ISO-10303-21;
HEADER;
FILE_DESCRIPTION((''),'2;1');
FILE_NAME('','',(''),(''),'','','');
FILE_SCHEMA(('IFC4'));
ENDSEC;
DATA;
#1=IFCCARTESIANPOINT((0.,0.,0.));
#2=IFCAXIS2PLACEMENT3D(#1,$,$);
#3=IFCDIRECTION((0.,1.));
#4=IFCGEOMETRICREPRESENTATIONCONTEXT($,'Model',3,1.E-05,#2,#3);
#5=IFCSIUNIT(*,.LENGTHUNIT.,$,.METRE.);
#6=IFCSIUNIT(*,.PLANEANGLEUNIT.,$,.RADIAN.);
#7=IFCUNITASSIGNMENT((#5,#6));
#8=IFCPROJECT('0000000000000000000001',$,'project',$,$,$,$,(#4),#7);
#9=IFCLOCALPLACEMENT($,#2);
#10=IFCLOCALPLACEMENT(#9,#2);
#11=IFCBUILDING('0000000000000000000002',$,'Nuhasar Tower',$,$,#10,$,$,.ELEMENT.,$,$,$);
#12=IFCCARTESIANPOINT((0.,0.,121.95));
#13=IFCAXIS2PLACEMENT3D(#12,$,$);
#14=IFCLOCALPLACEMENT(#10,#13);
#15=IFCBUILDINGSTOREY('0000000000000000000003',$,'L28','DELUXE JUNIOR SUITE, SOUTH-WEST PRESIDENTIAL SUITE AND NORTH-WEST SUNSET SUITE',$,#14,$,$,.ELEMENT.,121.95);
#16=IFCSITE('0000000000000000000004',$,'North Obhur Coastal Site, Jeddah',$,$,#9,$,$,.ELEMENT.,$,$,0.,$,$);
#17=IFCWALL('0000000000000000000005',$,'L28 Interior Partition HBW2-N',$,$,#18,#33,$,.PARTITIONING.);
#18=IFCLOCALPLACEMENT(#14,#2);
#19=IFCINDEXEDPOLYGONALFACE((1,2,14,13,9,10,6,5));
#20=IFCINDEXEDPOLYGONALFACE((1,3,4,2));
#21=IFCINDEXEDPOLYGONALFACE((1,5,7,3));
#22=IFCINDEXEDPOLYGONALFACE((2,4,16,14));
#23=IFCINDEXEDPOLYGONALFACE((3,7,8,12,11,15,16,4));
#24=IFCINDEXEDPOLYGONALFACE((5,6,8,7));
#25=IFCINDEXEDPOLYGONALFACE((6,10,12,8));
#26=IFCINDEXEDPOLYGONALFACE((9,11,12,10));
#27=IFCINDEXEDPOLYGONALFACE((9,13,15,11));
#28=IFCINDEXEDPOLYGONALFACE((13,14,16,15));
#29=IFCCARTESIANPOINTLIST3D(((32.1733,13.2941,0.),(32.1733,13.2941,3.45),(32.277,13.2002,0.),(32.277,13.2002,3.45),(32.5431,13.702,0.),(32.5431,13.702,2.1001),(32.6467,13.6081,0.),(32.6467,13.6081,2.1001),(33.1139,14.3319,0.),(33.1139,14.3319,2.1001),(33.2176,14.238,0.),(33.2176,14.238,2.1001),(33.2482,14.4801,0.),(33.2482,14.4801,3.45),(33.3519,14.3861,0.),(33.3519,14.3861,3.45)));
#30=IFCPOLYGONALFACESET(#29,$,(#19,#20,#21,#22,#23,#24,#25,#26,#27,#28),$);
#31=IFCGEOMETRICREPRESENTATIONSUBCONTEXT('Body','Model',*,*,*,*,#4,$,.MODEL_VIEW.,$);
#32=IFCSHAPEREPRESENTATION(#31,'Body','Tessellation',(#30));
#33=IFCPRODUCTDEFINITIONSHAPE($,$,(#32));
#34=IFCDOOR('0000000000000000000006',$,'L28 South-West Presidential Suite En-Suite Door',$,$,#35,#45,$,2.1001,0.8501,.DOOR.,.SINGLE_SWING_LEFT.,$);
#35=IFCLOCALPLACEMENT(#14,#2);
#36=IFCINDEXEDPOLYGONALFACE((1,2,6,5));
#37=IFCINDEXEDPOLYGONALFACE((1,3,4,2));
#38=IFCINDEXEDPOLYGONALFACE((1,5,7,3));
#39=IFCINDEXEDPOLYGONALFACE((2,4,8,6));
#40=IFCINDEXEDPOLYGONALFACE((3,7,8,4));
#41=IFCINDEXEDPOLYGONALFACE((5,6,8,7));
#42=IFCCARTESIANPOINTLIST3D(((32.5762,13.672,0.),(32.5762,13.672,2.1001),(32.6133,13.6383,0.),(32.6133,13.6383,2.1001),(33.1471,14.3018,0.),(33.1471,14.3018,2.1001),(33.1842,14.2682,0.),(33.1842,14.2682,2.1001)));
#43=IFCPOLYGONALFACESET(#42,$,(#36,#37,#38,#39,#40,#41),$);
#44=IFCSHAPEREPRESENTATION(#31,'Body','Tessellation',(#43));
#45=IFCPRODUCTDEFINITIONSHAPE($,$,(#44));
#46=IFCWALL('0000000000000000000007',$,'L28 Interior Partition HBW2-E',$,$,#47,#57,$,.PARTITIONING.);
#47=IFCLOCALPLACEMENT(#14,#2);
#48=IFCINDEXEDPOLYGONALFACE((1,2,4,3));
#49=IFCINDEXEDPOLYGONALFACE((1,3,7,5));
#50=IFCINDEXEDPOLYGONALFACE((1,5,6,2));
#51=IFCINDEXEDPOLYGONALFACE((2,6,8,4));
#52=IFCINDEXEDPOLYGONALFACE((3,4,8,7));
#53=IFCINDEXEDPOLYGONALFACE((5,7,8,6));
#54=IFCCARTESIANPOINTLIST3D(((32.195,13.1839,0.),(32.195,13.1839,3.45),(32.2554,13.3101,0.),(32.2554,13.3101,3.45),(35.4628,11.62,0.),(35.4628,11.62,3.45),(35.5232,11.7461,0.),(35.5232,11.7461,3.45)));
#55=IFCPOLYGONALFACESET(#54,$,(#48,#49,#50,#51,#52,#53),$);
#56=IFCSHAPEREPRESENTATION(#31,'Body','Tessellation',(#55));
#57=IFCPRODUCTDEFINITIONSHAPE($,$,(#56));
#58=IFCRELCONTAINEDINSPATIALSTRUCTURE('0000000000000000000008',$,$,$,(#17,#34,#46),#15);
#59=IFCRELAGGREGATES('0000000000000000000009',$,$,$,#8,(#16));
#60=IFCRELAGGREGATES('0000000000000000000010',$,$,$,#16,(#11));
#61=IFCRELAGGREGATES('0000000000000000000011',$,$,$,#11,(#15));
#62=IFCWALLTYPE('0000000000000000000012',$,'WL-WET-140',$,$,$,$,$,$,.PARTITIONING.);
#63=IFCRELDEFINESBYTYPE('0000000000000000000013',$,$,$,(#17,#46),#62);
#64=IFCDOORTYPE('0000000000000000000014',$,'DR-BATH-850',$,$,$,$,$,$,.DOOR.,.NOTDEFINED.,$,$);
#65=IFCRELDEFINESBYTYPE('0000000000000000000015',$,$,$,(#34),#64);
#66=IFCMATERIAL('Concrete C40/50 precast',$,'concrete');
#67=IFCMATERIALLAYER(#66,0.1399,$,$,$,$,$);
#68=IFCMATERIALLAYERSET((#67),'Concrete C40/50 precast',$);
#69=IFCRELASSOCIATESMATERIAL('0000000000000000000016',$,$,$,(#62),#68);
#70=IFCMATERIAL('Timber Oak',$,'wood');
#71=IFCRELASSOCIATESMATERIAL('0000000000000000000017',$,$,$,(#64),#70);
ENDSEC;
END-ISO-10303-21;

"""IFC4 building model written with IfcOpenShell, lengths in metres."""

from ifc_helpers import new_model, si_unit, direction, frame, frame_2d, origin, place, context, subcontext, project, spatial, rectangle, extrude, material, layer, layer_set, type_object, element, fill, save


model = new_model("IFC4")

# Units and contexts
model_context = context("Model", 3, precision=1e-05, world=origin(), true_north=direction((0.0, 1.0)))
body_context = subcontext(model_context, "Body", "Model", "MODEL_VIEW")
ifc_project = project(units=[si_unit("LENGTHUNIT", "METRE"), si_unit("PLANEANGLEUNIT", "RADIAN")], contexts=[model_context])

# Site, building, storey
site_placement = place(None, origin())
site = spatial("IfcSite", under=ifc_project, at=site_placement, Name="North Obhur Coastal Site, Jeddah", CompositionType="ELEMENT", RefElevation=0.0)
building_placement = place(site_placement, origin())
building = spatial("IfcBuilding", under=site, at=building_placement, Name="Nuhasar Tower", CompositionType="ELEMENT")
storey_placement = place(building_placement, frame((0.0, 0.0, 121.95)))
storey = spatial("IfcBuildingStorey", under=building, at=storey_placement, Name="L28", Description="DELUXE JUNIOR SUITE, SOUTH-WEST PRESIDENTIAL SUITE AND NORTH-WEST SUNSET SUITE", CompositionType="ELEMENT", Elevation=121.95)

# Shared definitions
ifc_material_1 = material(Name="Timber Oak", Category="wood")

# Shared definitions
ifc_material_2 = material(Name="Concrete C40/50 precast", Category="concrete")
ifc_layer_1 = layer(ifc_material_2, 0.1399)
ifc_layer_set_1 = layer_set([ifc_layer_1], Name="Concrete C40/50 precast")
wall_type_1 = type_object("IfcWallType", Name="WL-WET-140", PredefinedType="PARTITIONING", material=ifc_layer_set_1)

# Wall, opening, door
wall_1_placement = place(storey_placement, frame((33.3, 14.4331, 0.0), z_axis=(0.0, 0.0, 1.0), x_axis=(-0.671556, -0.740954, 0.0)))
wall_1 = element("IfcWall", 1, at=wall_1_placement, inside=storey, type_object=wall_type_1, Name="L28 Interior Partition HBW2-N", PredefinedType="PARTITIONING", context=body_context, shape_type="SweptSolid", body=[
    extrude(rectangle(XDim=1.6006, YDim=0.1399, at=frame_2d((0.8003, 0.0))), origin(), (0.0, 0.0, 1.0), 3.45),
])
opening_1_placement = place(wall_1_placement, frame((0.2, 0.0, 0.0)))
opening_1 = element("IfcOpeningElement", 2, at=opening_1_placement, cuts=wall_1, PredefinedType="OPENING", context=body_context, shape_type="SweptSolid", body=[
    extrude(rectangle(XDim=0.8501, YDim=2.1001, at=frame_2d((0.425, 1.05))), frame((0.0, 0.0801, 0.0), z_axis=(0.0, -1.0, 0.0), x_axis=(1.0, 0.0, 0.0)), (0.0, 0.0, 1.0), 0.1599),
])
door_type_1 = type_object("IfcDoorType", Name="DR-BATH-850", OperationType="NOTDEFINED", PredefinedType="DOOR", material=ifc_material_1)
door_1_placement = place(opening_1_placement, origin())
door_1 = element("IfcDoor", 3, at=door_1_placement, inside=storey, type_object=door_type_1, Name="L28 South-West Presidential Suite En-Suite Door", OperationType="SINGLE_SWING_LEFT", OverallHeight=2.1001, OverallWidth=0.8501, PredefinedType="DOOR", context=body_context, shape_type="SweptSolid", body=[
    extrude(rectangle(XDim=0.8501, YDim=2.1001, at=frame_2d((0.425, 1.05))), frame((0.0, 0.0249, 0.0), z_axis=(0.0, -1.0, 0.0), x_axis=(1.0, 0.0, 0.0)), (0.0, 0.0, 1.0), 0.05),
])
fill(opening_1, door_1)

# Wall
wall_2_placement = place(storey_placement, frame((32.2251, 13.2471, 0.0), z_axis=(0.0, 0.0, 1.0), x_axis=(0.902017, -0.431701, 0.0)))
element("IfcWall", 4, at=wall_2_placement, inside=storey, type_object=wall_type_1, Name="L28 Interior Partition HBW2-E", PredefinedType="PARTITIONING", context=body_context, shape_type="SweptSolid", body=[
    extrude(rectangle(XDim=3.6228, YDim=0.1399, at=frame_2d((1.8115, 0.0))), origin(), (0.0, 0.0, 1.0), 3.45),
])

save(model, "model.ifc")
